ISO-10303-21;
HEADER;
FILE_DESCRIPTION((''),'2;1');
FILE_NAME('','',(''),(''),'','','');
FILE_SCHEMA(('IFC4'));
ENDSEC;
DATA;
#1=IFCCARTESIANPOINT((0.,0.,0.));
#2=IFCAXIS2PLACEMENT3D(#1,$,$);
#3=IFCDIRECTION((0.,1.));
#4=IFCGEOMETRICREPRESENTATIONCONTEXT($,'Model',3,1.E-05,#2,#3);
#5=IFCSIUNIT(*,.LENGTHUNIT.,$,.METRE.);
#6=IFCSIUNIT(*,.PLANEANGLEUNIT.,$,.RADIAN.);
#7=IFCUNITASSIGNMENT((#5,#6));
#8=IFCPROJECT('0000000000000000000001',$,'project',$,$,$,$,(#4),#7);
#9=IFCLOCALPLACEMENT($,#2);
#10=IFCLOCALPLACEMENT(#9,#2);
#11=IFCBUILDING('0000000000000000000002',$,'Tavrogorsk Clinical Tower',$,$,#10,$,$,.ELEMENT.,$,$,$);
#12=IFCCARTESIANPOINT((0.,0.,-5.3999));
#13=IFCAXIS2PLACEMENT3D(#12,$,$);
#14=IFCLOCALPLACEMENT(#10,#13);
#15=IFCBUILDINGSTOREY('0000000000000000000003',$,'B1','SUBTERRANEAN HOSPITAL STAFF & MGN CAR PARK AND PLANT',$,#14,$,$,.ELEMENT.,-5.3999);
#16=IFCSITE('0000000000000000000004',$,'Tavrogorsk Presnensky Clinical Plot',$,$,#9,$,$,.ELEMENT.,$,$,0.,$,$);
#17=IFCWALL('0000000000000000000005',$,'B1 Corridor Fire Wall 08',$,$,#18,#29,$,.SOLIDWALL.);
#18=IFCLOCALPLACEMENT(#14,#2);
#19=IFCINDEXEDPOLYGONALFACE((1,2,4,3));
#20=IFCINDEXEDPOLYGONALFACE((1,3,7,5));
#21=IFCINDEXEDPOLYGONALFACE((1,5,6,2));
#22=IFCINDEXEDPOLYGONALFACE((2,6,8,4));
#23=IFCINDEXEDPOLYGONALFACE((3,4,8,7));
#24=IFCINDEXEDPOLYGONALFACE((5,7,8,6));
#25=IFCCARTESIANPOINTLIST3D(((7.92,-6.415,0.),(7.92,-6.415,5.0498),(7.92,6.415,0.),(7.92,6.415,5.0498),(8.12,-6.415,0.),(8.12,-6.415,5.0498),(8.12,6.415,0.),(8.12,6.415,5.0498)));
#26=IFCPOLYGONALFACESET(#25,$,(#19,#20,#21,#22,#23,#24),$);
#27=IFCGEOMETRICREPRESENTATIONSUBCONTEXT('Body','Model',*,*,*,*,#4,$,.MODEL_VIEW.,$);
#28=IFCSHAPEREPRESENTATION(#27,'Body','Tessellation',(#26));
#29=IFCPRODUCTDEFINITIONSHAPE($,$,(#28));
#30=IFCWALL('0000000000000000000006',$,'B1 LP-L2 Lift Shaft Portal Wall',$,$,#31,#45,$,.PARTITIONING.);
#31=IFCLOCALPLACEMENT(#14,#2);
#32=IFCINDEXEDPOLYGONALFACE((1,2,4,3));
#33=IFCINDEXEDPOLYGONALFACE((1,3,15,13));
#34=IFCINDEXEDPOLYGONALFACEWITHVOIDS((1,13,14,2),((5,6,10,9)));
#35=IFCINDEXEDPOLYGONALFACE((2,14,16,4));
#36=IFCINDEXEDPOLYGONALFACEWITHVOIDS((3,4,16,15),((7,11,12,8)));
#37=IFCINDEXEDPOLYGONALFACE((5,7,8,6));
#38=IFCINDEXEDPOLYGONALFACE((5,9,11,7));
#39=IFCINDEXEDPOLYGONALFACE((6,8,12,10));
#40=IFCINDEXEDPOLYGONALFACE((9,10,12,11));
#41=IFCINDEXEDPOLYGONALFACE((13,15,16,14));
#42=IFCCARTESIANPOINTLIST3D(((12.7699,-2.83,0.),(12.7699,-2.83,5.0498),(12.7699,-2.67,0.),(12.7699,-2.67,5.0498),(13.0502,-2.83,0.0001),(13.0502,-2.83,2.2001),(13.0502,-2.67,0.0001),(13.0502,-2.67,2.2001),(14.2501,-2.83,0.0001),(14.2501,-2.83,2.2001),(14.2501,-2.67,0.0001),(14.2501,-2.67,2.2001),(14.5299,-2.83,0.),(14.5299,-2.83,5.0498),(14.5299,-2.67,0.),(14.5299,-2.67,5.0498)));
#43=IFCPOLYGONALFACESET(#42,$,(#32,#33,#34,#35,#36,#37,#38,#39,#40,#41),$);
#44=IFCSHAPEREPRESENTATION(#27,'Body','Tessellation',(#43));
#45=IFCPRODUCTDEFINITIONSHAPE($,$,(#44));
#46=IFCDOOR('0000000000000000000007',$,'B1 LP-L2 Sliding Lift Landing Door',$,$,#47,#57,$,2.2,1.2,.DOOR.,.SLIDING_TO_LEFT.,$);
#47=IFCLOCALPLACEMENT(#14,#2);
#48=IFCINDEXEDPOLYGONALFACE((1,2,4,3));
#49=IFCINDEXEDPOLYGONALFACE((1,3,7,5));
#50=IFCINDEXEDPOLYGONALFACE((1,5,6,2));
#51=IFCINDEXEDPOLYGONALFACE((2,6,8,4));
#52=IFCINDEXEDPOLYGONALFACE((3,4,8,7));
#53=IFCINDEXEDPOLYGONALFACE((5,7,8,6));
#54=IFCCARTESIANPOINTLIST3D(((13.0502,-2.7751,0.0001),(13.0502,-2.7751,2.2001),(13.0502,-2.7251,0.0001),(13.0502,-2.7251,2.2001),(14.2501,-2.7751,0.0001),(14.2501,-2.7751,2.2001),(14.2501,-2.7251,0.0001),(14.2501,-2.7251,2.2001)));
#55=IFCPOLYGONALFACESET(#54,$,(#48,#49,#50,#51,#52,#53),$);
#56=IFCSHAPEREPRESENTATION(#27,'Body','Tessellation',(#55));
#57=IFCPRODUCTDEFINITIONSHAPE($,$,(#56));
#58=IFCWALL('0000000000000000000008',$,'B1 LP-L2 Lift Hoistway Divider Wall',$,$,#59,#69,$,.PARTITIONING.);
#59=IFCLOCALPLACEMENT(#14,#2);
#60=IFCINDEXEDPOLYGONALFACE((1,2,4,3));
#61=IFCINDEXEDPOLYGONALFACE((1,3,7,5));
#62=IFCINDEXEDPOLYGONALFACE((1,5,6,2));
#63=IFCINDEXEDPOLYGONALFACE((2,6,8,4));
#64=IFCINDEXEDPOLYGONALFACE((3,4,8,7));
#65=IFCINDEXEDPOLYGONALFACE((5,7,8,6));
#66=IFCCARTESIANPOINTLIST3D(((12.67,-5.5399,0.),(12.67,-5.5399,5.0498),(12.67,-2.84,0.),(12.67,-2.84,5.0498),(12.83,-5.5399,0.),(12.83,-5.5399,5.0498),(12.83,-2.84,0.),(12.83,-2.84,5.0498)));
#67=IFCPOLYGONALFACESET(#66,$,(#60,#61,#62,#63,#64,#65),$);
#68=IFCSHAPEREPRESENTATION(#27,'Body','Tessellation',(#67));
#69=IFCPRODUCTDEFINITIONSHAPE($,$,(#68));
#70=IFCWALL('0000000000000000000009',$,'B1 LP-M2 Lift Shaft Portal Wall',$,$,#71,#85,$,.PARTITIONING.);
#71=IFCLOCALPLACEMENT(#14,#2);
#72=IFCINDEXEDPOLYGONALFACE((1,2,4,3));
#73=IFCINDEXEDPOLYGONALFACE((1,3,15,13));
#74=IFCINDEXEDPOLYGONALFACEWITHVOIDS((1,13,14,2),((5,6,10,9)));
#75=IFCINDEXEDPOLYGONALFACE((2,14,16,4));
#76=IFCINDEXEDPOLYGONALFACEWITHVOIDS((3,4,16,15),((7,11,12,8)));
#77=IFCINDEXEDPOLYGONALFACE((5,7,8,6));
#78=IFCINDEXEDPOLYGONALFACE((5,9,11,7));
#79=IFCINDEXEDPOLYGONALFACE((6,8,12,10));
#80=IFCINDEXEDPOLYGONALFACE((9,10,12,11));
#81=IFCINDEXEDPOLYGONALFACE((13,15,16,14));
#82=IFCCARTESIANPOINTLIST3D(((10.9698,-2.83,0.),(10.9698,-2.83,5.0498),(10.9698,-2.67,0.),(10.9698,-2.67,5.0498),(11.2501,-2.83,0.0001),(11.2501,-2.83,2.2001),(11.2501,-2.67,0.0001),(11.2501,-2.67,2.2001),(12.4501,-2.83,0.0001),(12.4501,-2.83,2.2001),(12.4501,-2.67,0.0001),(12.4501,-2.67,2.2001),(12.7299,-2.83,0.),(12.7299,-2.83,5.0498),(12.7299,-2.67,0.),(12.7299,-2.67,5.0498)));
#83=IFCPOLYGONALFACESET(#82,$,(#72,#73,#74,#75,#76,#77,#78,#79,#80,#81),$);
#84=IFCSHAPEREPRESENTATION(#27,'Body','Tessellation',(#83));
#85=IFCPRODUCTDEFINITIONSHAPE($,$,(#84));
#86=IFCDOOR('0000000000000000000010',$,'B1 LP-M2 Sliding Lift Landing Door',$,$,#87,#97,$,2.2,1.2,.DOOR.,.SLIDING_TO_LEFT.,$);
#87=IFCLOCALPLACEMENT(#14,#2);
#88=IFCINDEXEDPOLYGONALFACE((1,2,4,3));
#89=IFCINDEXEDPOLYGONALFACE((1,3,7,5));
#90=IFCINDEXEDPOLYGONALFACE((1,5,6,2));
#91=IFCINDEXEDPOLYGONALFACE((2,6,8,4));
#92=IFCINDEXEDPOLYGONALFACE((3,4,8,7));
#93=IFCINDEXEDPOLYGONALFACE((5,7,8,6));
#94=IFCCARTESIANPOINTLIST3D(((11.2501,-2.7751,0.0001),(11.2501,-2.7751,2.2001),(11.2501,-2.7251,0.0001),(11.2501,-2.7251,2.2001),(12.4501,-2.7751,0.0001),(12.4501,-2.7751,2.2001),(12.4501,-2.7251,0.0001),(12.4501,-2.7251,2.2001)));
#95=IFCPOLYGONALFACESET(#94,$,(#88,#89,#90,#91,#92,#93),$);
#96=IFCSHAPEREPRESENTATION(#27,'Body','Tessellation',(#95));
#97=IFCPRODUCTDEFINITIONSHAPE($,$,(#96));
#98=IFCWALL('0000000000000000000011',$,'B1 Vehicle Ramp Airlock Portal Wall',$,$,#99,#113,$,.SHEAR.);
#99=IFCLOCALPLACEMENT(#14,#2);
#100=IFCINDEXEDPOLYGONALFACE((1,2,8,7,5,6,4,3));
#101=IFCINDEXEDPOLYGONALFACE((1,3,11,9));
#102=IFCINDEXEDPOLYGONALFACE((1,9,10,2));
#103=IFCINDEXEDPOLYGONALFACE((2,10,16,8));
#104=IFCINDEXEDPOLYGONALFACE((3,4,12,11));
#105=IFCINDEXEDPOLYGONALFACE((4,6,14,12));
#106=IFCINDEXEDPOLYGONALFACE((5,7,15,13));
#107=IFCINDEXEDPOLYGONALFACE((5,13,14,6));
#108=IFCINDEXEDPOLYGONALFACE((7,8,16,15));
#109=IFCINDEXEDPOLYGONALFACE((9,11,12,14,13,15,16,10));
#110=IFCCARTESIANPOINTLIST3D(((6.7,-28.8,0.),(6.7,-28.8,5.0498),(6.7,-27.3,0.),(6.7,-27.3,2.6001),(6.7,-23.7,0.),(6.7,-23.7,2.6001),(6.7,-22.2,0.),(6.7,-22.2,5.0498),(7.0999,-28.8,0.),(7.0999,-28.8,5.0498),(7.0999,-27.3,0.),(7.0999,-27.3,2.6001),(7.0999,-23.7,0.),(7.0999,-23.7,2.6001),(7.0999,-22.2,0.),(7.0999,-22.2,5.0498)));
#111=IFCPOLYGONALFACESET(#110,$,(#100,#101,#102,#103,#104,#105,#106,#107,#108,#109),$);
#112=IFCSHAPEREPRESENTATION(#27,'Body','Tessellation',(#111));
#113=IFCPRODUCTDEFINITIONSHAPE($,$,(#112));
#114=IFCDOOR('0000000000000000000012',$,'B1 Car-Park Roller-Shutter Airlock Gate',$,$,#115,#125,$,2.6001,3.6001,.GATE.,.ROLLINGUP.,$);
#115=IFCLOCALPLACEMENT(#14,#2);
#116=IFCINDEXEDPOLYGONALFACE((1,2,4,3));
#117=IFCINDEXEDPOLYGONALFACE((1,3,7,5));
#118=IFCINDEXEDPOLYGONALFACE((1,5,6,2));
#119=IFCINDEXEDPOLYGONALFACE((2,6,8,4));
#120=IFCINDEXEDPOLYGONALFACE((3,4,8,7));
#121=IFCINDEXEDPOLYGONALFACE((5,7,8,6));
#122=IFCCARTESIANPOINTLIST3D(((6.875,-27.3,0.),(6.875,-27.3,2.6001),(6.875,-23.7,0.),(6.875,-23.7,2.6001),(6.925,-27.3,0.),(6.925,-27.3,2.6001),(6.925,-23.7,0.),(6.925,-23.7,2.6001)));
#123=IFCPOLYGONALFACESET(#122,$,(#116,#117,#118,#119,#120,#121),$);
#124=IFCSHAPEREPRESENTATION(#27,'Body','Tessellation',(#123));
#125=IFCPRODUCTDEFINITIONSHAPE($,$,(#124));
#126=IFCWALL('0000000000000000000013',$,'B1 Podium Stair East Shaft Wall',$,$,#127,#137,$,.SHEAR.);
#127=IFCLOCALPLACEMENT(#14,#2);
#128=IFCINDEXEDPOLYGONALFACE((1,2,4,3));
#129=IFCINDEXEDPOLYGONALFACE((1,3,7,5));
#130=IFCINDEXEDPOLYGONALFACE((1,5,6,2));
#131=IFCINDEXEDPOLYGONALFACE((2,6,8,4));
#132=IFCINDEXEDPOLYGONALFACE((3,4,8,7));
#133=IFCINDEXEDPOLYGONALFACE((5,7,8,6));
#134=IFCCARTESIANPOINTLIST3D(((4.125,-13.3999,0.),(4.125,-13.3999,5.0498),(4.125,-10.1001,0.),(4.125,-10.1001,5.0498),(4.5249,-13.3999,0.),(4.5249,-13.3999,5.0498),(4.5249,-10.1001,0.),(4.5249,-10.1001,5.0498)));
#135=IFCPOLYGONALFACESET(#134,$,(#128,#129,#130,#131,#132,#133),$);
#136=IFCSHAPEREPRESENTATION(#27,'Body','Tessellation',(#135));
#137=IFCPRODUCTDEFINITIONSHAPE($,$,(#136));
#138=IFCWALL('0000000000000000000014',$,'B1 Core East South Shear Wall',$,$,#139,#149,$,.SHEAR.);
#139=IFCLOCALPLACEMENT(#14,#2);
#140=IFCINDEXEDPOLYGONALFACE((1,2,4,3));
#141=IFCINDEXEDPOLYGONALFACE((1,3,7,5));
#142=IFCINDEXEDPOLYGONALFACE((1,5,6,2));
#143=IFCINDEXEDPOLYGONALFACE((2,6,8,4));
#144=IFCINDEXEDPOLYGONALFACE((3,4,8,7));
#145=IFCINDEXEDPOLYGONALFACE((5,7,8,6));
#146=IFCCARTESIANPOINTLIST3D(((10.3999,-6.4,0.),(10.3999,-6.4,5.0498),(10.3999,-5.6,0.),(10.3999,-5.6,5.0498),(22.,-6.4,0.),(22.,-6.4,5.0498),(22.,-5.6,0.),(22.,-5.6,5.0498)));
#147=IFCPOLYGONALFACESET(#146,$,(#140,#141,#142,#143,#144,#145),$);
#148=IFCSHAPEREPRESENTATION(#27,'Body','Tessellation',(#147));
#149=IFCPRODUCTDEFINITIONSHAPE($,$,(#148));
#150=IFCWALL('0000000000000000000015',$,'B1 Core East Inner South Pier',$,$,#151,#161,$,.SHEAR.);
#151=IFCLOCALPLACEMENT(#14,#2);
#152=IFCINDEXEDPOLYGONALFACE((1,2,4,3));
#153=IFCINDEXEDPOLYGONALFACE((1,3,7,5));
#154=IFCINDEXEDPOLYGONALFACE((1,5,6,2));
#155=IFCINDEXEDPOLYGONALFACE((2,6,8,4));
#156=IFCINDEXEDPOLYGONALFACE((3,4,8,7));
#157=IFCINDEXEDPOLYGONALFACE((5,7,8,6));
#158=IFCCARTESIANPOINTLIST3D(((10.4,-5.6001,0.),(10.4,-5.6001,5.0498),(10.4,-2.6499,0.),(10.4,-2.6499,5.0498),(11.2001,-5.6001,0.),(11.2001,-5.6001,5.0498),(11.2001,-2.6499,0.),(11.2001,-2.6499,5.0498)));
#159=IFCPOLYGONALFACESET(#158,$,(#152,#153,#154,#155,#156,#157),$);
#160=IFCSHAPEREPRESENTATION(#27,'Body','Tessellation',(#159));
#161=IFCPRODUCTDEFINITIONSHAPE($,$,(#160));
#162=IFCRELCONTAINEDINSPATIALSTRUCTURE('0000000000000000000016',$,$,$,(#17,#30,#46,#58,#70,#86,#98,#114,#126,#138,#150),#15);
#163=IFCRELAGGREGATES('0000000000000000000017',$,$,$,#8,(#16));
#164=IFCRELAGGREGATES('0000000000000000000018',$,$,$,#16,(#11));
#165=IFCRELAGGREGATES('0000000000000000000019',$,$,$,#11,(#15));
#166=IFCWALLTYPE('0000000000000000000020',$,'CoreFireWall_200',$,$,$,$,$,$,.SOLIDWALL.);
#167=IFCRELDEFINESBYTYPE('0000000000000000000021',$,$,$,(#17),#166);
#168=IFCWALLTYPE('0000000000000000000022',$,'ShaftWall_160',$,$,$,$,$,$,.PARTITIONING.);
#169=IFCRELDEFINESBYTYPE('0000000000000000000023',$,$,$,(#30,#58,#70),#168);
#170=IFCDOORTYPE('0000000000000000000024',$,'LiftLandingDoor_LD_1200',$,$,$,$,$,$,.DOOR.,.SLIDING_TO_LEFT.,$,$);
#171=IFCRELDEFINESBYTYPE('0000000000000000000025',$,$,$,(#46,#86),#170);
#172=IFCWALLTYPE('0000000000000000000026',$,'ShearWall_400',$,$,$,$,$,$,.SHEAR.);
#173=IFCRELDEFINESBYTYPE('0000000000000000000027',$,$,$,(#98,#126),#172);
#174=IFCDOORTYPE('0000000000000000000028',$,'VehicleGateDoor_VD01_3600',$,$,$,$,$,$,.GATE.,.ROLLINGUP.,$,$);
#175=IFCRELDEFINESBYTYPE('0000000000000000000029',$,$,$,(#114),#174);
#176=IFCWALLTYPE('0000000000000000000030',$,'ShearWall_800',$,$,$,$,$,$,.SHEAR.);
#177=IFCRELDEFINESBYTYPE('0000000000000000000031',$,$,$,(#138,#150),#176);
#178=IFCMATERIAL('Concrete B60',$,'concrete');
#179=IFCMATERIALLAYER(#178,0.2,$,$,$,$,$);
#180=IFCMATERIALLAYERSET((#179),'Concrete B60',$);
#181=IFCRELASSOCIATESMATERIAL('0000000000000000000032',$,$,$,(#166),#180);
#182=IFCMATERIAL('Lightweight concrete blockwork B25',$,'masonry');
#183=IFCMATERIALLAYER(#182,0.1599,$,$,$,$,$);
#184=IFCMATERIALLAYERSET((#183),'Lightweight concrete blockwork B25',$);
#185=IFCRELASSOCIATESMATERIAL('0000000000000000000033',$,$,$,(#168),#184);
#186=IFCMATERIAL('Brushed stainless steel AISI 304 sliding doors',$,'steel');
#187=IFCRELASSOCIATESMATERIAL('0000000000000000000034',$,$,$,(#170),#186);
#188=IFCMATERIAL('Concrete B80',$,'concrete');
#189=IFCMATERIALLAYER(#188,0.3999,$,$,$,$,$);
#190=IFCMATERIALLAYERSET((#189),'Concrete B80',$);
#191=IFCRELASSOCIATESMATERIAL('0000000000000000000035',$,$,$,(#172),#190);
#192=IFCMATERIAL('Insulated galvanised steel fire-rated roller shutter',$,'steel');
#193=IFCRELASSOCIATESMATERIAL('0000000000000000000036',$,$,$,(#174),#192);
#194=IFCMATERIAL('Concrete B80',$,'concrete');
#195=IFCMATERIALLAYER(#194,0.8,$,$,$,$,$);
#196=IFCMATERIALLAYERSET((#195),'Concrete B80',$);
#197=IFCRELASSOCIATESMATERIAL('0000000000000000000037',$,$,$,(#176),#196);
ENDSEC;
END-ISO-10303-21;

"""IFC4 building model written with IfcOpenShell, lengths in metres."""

from ifc_helpers import new_model, si_unit, direction, frame, frame_2d, origin, place, context, subcontext, project, spatial, rectangle, extrude, material, layer, layer_set, type_object, element, fill, save


model = new_model("IFC4")

# Units and contexts
model_context = context("Model", 3, precision=1e-05, world=origin(), true_north=direction((0.0, 1.0)))
body_context = subcontext(model_context, "Body", "Model", "MODEL_VIEW")
ifc_project = project(units=[si_unit("LENGTHUNIT", "METRE"), si_unit("PLANEANGLEUNIT", "RADIAN")], contexts=[model_context])

# Site, building, storey
site_placement = place(None, origin())
site = spatial("IfcSite", under=ifc_project, at=site_placement, Name="Tavrogorsk Presnensky Clinical Plot", CompositionType="ELEMENT", RefElevation=0.0)
building_placement = place(site_placement, origin())
building = spatial("IfcBuilding", under=site, at=building_placement, Name="Tavrogorsk Clinical Tower", CompositionType="ELEMENT")
storey_placement = place(building_placement, frame((0.0, 0.0, -5.3999)))
storey = spatial("IfcBuildingStorey", under=building, at=storey_placement, Name="B1", Description="SUBTERRANEAN HOSPITAL STAFF & MGN CAR PARK AND PLANT", CompositionType="ELEMENT", Elevation=-5.3999)

# Wall
ifc_material_1 = material(Name="Concrete B60", Category="concrete")
ifc_layer_1 = layer(ifc_material_1, 0.2)
ifc_layer_set_1 = layer_set([ifc_layer_1], Name="Concrete B60")
wall_type_1 = type_object("IfcWallType", Name="CoreFireWall_200", PredefinedType="SOLIDWALL", material=ifc_layer_set_1)
wall_1_placement = place(storey_placement, frame((8.02, -6.415, 0.0), z_axis=(0.0, 0.0, 1.0), x_axis=(0.0, 1.0, 0.0)))
element("IfcWall", 1, at=wall_1_placement, inside=storey, type_object=wall_type_1, Name="B1 Corridor Fire Wall 08", PredefinedType="SOLIDWALL", context=body_context, shape_type="SweptSolid", body=[
    extrude(rectangle(XDim=12.8301, YDim=0.2, at=frame_2d((6.415, 0.0))), origin(), (0.0, 0.0, 1.0), 5.0498),
])

# Wall, opening, door
ifc_material_2 = material(Name="Lightweight concrete blockwork B25", Category="masonry")
ifc_layer_2 = layer(ifc_material_2, 0.1599)
ifc_layer_set_2 = layer_set([ifc_layer_2], Name="Lightweight concrete blockwork B25")
wall_type_2 = type_object("IfcWallType", Name="ShaftWall_160", PredefinedType="PARTITIONING", material=ifc_layer_set_2)
wall_2_placement = place(storey_placement, frame((12.77, -2.75, 0.0), z_axis=(0.0, 0.0, 1.0), x_axis=(1.0, 0.0, 0.0)))
wall_2 = element("IfcWall", 2, at=wall_2_placement, inside=storey, type_object=wall_type_2, Name="B1 LP-L2 Lift Shaft Portal Wall", PredefinedType="PARTITIONING", context=body_context, shape_type="SweptSolid", body=[
    extrude(rectangle(XDim=1.76, YDim=0.1599, at=frame_2d((0.8799, 0.0))), origin(), (0.0, 0.0, 1.0), 5.0498),
])
opening_1_placement = place(wall_2_placement, frame((0.28, 0.0, 0.0)))
opening_1 = element("IfcOpeningElement", 3, at=opening_1_placement, cuts=wall_2, PredefinedType="OPENING", context=body_context, shape_type="SweptSolid", body=[
    extrude(rectangle(XDim=1.2, YDim=2.2, at=frame_2d((0.6001, 1.1001))), frame((0.0, 0.0898, 0.0), z_axis=(0.0, -1.0, 0.0), x_axis=(1.0, 0.0, 0.0)), (0.0, 0.0, 1.0), 0.1799),
])
ifc_material_3 = material(Name="Brushed stainless steel AISI 304 sliding doors", Category="steel")
door_type_1 = type_object("IfcDoorType", Name="LiftLandingDoor_LD_1200", OperationType="SLIDING_TO_LEFT", PredefinedType="DOOR", material=ifc_material_3)
door_1_placement = place(opening_1_placement, origin())
door_1 = element("IfcDoor", 4, at=door_1_placement, inside=storey, type_object=door_type_1, Name="B1 LP-L2 Sliding Lift Landing Door", OperationType="SLIDING_TO_LEFT", OverallHeight=2.2, OverallWidth=1.2, PredefinedType="DOOR", context=body_context, shape_type="SweptSolid", body=[
    extrude(rectangle(XDim=1.2, YDim=2.2, at=frame_2d((0.6001, 1.1001))), frame((0.0, 0.0249, 0.0), z_axis=(0.0, -1.0, 0.0), x_axis=(1.0, 0.0, 0.0)), (0.0, 0.0, 1.0), 0.05),
])
fill(opening_1, door_1)

# Wall
wall_3_placement = place(storey_placement, frame((12.75, -5.54, 0.0), z_axis=(0.0, 0.0, 1.0), x_axis=(0.0, 1.0, 0.0)))
element("IfcWall", 5, at=wall_3_placement, inside=storey, type_object=wall_type_2, Name="B1 LP-L2 Lift Hoistway Divider Wall", PredefinedType="PARTITIONING", context=body_context, shape_type="SweptSolid", body=[
    extrude(rectangle(XDim=2.7, YDim=0.1599, at=frame_2d((1.3501, 0.0))), origin(), (0.0, 0.0, 1.0), 5.0498),
])

# Walls, openings, doors
wall_4_placement = place(storey_placement, frame((10.97, -2.75, 0.0), z_axis=(0.0, 0.0, 1.0), x_axis=(1.0, 0.0, 0.0)))
wall_4 = element("IfcWall", 6, at=wall_4_placement, inside=storey, type_object=wall_type_2, Name="B1 LP-M2 Lift Shaft Portal Wall", PredefinedType="PARTITIONING", context=body_context, shape_type="SweptSolid", body=[
    extrude(rectangle(XDim=1.76, YDim=0.1599, at=frame_2d((0.8799, 0.0))), origin(), (0.0, 0.0, 1.0), 5.0498),
])
opening_2_placement = place(wall_4_placement, frame((0.28, 0.0, 0.0)))
opening_2 = element("IfcOpeningElement", 7, at=opening_2_placement, cuts=wall_4, PredefinedType="OPENING", context=body_context, shape_type="SweptSolid", body=[
    extrude(rectangle(XDim=1.2, YDim=2.2, at=frame_2d((0.6001, 1.1001))), frame((0.0, 0.0898, 0.0), z_axis=(0.0, -1.0, 0.0), x_axis=(1.0, 0.0, 0.0)), (0.0, 0.0, 1.0), 0.1799),
])
door_2_placement = place(opening_2_placement, origin())
door_2 = element("IfcDoor", 8, at=door_2_placement, inside=storey, type_object=door_type_1, Name="B1 LP-M2 Sliding Lift Landing Door", OperationType="SLIDING_TO_LEFT", OverallHeight=2.2, OverallWidth=1.2, PredefinedType="DOOR", context=body_context, shape_type="SweptSolid", body=[
    extrude(rectangle(XDim=1.2, YDim=2.2, at=frame_2d((0.6001, 1.1001))), frame((0.0, 0.0249, 0.0), z_axis=(0.0, -1.0, 0.0), x_axis=(1.0, 0.0, 0.0)), (0.0, 0.0, 1.0), 0.05),
])
fill(opening_2, door_2)
ifc_material_4 = material(Name="Concrete B80", Category="concrete")
ifc_layer_3 = layer(ifc_material_4, 0.3999)
ifc_layer_set_3 = layer_set([ifc_layer_3], Name="Concrete B80")
wall_type_3 = type_object("IfcWallType", Name="ShearWall_400", PredefinedType="SHEAR", material=ifc_layer_set_3)
wall_5_placement = place(storey_placement, frame((6.8999, -28.8, 0.0), z_axis=(0.0, 0.0, 1.0), x_axis=(0.0, 1.0, 0.0)))
wall_5 = element("IfcWall", 9, at=wall_5_placement, inside=storey, type_object=wall_type_3, Name="B1 Vehicle Ramp Airlock Portal Wall", PredefinedType="SHEAR", context=body_context, shape_type="SweptSolid", body=[
    extrude(rectangle(XDim=6.6001, YDim=0.3999, at=frame_2d((3.3, 0.0))), origin(), (0.0, 0.0, 1.0), 5.0498),
])
opening_3_placement = place(wall_5_placement, frame((1.5, 0.0, 0.0)))
opening_3 = element("IfcOpeningElement", 10, at=opening_3_placement, cuts=wall_5, PredefinedType="OPENING", context=body_context, shape_type="SweptSolid", body=[
    extrude(rectangle(XDim=3.6001, YDim=2.6001, at=frame_2d((1.8, 1.3))), frame((0.0, 0.21, 0.0), z_axis=(0.0, -1.0, 0.0), x_axis=(1.0, 0.0, 0.0)), (0.0, 0.0, 1.0), 0.4199),
])
ifc_material_5 = material(Name="Insulated galvanised steel fire-rated roller shutter", Category="steel")
door_type_2 = type_object("IfcDoorType", Name="VehicleGateDoor_VD01_3600", OperationType="ROLLINGUP", PredefinedType="GATE", material=ifc_material_5)
door_3_placement = place(opening_3_placement, origin())
door_3 = element("IfcDoor", 11, at=door_3_placement, inside=storey, type_object=door_type_2, Name="B1 Car-Park Roller-Shutter Airlock Gate", OperationType="ROLLINGUP", OverallHeight=2.6001, OverallWidth=3.6001, PredefinedType="GATE", context=body_context, shape_type="SweptSolid", body=[
    extrude(rectangle(XDim=3.6001, YDim=2.6001, at=frame_2d((1.8, 1.3))), frame((0.0, 0.0249, 0.0), z_axis=(0.0, -1.0, 0.0), x_axis=(1.0, 0.0, 0.0)), (0.0, 0.0, 1.0), 0.05),
])
fill(opening_3, door_3)

# Walls
wall_6_placement = place(storey_placement, frame((4.325, -13.3999, 0.0), z_axis=(0.0, 0.0, 1.0), x_axis=(0.0, 1.0, 0.0)))
element("IfcWall", 12, at=wall_6_placement, inside=storey, type_object=wall_type_3, Name="B1 Podium Stair East Shaft Wall", PredefinedType="SHEAR", context=body_context, shape_type="SweptSolid", body=[
    extrude(rectangle(XDim=3.2998, YDim=0.3999, at=frame_2d((1.6499, 0.0))), origin(), (0.0, 0.0, 1.0), 5.0498),
])
ifc_material_6 = material(Name="Concrete B80", Category="concrete")
ifc_layer_4 = layer(ifc_material_6, 0.8)
ifc_layer_set_4 = layer_set([ifc_layer_4], Name="Concrete B80")
wall_type_4 = type_object("IfcWallType", Name="ShearWall_800", PredefinedType="SHEAR", material=ifc_layer_set_4)
wall_7_placement = place(storey_placement, frame((10.3999, -6.0, 0.0), z_axis=(0.0, 0.0, 1.0), x_axis=(1.0, 0.0, 0.0)))
element("IfcWall", 13, at=wall_7_placement, inside=storey, type_object=wall_type_4, Name="B1 Core East South Shear Wall", PredefinedType="SHEAR", context=body_context, shape_type="SweptSolid", body=[
    extrude(rectangle(XDim=11.6001, YDim=0.8, at=frame_2d((5.8, 0.0))), origin(), (0.0, 0.0, 1.0), 5.0498),
])
wall_8_placement = place(storey_placement, frame((10.8, -5.6001, 0.0), z_axis=(0.0, 0.0, 1.0), x_axis=(0.0, 1.0, 0.0)))
element("IfcWall", 14, at=wall_8_placement, inside=storey, type_object=wall_type_4, Name="B1 Core East Inner South Pier", PredefinedType="SHEAR", context=body_context, shape_type="SweptSolid", body=[
    extrude(rectangle(XDim=2.9502, YDim=0.8, at=frame_2d((1.4751, 0.0))), origin(), (0.0, 0.0, 1.0), 5.0498),
])

save(model, "model.ifc")
